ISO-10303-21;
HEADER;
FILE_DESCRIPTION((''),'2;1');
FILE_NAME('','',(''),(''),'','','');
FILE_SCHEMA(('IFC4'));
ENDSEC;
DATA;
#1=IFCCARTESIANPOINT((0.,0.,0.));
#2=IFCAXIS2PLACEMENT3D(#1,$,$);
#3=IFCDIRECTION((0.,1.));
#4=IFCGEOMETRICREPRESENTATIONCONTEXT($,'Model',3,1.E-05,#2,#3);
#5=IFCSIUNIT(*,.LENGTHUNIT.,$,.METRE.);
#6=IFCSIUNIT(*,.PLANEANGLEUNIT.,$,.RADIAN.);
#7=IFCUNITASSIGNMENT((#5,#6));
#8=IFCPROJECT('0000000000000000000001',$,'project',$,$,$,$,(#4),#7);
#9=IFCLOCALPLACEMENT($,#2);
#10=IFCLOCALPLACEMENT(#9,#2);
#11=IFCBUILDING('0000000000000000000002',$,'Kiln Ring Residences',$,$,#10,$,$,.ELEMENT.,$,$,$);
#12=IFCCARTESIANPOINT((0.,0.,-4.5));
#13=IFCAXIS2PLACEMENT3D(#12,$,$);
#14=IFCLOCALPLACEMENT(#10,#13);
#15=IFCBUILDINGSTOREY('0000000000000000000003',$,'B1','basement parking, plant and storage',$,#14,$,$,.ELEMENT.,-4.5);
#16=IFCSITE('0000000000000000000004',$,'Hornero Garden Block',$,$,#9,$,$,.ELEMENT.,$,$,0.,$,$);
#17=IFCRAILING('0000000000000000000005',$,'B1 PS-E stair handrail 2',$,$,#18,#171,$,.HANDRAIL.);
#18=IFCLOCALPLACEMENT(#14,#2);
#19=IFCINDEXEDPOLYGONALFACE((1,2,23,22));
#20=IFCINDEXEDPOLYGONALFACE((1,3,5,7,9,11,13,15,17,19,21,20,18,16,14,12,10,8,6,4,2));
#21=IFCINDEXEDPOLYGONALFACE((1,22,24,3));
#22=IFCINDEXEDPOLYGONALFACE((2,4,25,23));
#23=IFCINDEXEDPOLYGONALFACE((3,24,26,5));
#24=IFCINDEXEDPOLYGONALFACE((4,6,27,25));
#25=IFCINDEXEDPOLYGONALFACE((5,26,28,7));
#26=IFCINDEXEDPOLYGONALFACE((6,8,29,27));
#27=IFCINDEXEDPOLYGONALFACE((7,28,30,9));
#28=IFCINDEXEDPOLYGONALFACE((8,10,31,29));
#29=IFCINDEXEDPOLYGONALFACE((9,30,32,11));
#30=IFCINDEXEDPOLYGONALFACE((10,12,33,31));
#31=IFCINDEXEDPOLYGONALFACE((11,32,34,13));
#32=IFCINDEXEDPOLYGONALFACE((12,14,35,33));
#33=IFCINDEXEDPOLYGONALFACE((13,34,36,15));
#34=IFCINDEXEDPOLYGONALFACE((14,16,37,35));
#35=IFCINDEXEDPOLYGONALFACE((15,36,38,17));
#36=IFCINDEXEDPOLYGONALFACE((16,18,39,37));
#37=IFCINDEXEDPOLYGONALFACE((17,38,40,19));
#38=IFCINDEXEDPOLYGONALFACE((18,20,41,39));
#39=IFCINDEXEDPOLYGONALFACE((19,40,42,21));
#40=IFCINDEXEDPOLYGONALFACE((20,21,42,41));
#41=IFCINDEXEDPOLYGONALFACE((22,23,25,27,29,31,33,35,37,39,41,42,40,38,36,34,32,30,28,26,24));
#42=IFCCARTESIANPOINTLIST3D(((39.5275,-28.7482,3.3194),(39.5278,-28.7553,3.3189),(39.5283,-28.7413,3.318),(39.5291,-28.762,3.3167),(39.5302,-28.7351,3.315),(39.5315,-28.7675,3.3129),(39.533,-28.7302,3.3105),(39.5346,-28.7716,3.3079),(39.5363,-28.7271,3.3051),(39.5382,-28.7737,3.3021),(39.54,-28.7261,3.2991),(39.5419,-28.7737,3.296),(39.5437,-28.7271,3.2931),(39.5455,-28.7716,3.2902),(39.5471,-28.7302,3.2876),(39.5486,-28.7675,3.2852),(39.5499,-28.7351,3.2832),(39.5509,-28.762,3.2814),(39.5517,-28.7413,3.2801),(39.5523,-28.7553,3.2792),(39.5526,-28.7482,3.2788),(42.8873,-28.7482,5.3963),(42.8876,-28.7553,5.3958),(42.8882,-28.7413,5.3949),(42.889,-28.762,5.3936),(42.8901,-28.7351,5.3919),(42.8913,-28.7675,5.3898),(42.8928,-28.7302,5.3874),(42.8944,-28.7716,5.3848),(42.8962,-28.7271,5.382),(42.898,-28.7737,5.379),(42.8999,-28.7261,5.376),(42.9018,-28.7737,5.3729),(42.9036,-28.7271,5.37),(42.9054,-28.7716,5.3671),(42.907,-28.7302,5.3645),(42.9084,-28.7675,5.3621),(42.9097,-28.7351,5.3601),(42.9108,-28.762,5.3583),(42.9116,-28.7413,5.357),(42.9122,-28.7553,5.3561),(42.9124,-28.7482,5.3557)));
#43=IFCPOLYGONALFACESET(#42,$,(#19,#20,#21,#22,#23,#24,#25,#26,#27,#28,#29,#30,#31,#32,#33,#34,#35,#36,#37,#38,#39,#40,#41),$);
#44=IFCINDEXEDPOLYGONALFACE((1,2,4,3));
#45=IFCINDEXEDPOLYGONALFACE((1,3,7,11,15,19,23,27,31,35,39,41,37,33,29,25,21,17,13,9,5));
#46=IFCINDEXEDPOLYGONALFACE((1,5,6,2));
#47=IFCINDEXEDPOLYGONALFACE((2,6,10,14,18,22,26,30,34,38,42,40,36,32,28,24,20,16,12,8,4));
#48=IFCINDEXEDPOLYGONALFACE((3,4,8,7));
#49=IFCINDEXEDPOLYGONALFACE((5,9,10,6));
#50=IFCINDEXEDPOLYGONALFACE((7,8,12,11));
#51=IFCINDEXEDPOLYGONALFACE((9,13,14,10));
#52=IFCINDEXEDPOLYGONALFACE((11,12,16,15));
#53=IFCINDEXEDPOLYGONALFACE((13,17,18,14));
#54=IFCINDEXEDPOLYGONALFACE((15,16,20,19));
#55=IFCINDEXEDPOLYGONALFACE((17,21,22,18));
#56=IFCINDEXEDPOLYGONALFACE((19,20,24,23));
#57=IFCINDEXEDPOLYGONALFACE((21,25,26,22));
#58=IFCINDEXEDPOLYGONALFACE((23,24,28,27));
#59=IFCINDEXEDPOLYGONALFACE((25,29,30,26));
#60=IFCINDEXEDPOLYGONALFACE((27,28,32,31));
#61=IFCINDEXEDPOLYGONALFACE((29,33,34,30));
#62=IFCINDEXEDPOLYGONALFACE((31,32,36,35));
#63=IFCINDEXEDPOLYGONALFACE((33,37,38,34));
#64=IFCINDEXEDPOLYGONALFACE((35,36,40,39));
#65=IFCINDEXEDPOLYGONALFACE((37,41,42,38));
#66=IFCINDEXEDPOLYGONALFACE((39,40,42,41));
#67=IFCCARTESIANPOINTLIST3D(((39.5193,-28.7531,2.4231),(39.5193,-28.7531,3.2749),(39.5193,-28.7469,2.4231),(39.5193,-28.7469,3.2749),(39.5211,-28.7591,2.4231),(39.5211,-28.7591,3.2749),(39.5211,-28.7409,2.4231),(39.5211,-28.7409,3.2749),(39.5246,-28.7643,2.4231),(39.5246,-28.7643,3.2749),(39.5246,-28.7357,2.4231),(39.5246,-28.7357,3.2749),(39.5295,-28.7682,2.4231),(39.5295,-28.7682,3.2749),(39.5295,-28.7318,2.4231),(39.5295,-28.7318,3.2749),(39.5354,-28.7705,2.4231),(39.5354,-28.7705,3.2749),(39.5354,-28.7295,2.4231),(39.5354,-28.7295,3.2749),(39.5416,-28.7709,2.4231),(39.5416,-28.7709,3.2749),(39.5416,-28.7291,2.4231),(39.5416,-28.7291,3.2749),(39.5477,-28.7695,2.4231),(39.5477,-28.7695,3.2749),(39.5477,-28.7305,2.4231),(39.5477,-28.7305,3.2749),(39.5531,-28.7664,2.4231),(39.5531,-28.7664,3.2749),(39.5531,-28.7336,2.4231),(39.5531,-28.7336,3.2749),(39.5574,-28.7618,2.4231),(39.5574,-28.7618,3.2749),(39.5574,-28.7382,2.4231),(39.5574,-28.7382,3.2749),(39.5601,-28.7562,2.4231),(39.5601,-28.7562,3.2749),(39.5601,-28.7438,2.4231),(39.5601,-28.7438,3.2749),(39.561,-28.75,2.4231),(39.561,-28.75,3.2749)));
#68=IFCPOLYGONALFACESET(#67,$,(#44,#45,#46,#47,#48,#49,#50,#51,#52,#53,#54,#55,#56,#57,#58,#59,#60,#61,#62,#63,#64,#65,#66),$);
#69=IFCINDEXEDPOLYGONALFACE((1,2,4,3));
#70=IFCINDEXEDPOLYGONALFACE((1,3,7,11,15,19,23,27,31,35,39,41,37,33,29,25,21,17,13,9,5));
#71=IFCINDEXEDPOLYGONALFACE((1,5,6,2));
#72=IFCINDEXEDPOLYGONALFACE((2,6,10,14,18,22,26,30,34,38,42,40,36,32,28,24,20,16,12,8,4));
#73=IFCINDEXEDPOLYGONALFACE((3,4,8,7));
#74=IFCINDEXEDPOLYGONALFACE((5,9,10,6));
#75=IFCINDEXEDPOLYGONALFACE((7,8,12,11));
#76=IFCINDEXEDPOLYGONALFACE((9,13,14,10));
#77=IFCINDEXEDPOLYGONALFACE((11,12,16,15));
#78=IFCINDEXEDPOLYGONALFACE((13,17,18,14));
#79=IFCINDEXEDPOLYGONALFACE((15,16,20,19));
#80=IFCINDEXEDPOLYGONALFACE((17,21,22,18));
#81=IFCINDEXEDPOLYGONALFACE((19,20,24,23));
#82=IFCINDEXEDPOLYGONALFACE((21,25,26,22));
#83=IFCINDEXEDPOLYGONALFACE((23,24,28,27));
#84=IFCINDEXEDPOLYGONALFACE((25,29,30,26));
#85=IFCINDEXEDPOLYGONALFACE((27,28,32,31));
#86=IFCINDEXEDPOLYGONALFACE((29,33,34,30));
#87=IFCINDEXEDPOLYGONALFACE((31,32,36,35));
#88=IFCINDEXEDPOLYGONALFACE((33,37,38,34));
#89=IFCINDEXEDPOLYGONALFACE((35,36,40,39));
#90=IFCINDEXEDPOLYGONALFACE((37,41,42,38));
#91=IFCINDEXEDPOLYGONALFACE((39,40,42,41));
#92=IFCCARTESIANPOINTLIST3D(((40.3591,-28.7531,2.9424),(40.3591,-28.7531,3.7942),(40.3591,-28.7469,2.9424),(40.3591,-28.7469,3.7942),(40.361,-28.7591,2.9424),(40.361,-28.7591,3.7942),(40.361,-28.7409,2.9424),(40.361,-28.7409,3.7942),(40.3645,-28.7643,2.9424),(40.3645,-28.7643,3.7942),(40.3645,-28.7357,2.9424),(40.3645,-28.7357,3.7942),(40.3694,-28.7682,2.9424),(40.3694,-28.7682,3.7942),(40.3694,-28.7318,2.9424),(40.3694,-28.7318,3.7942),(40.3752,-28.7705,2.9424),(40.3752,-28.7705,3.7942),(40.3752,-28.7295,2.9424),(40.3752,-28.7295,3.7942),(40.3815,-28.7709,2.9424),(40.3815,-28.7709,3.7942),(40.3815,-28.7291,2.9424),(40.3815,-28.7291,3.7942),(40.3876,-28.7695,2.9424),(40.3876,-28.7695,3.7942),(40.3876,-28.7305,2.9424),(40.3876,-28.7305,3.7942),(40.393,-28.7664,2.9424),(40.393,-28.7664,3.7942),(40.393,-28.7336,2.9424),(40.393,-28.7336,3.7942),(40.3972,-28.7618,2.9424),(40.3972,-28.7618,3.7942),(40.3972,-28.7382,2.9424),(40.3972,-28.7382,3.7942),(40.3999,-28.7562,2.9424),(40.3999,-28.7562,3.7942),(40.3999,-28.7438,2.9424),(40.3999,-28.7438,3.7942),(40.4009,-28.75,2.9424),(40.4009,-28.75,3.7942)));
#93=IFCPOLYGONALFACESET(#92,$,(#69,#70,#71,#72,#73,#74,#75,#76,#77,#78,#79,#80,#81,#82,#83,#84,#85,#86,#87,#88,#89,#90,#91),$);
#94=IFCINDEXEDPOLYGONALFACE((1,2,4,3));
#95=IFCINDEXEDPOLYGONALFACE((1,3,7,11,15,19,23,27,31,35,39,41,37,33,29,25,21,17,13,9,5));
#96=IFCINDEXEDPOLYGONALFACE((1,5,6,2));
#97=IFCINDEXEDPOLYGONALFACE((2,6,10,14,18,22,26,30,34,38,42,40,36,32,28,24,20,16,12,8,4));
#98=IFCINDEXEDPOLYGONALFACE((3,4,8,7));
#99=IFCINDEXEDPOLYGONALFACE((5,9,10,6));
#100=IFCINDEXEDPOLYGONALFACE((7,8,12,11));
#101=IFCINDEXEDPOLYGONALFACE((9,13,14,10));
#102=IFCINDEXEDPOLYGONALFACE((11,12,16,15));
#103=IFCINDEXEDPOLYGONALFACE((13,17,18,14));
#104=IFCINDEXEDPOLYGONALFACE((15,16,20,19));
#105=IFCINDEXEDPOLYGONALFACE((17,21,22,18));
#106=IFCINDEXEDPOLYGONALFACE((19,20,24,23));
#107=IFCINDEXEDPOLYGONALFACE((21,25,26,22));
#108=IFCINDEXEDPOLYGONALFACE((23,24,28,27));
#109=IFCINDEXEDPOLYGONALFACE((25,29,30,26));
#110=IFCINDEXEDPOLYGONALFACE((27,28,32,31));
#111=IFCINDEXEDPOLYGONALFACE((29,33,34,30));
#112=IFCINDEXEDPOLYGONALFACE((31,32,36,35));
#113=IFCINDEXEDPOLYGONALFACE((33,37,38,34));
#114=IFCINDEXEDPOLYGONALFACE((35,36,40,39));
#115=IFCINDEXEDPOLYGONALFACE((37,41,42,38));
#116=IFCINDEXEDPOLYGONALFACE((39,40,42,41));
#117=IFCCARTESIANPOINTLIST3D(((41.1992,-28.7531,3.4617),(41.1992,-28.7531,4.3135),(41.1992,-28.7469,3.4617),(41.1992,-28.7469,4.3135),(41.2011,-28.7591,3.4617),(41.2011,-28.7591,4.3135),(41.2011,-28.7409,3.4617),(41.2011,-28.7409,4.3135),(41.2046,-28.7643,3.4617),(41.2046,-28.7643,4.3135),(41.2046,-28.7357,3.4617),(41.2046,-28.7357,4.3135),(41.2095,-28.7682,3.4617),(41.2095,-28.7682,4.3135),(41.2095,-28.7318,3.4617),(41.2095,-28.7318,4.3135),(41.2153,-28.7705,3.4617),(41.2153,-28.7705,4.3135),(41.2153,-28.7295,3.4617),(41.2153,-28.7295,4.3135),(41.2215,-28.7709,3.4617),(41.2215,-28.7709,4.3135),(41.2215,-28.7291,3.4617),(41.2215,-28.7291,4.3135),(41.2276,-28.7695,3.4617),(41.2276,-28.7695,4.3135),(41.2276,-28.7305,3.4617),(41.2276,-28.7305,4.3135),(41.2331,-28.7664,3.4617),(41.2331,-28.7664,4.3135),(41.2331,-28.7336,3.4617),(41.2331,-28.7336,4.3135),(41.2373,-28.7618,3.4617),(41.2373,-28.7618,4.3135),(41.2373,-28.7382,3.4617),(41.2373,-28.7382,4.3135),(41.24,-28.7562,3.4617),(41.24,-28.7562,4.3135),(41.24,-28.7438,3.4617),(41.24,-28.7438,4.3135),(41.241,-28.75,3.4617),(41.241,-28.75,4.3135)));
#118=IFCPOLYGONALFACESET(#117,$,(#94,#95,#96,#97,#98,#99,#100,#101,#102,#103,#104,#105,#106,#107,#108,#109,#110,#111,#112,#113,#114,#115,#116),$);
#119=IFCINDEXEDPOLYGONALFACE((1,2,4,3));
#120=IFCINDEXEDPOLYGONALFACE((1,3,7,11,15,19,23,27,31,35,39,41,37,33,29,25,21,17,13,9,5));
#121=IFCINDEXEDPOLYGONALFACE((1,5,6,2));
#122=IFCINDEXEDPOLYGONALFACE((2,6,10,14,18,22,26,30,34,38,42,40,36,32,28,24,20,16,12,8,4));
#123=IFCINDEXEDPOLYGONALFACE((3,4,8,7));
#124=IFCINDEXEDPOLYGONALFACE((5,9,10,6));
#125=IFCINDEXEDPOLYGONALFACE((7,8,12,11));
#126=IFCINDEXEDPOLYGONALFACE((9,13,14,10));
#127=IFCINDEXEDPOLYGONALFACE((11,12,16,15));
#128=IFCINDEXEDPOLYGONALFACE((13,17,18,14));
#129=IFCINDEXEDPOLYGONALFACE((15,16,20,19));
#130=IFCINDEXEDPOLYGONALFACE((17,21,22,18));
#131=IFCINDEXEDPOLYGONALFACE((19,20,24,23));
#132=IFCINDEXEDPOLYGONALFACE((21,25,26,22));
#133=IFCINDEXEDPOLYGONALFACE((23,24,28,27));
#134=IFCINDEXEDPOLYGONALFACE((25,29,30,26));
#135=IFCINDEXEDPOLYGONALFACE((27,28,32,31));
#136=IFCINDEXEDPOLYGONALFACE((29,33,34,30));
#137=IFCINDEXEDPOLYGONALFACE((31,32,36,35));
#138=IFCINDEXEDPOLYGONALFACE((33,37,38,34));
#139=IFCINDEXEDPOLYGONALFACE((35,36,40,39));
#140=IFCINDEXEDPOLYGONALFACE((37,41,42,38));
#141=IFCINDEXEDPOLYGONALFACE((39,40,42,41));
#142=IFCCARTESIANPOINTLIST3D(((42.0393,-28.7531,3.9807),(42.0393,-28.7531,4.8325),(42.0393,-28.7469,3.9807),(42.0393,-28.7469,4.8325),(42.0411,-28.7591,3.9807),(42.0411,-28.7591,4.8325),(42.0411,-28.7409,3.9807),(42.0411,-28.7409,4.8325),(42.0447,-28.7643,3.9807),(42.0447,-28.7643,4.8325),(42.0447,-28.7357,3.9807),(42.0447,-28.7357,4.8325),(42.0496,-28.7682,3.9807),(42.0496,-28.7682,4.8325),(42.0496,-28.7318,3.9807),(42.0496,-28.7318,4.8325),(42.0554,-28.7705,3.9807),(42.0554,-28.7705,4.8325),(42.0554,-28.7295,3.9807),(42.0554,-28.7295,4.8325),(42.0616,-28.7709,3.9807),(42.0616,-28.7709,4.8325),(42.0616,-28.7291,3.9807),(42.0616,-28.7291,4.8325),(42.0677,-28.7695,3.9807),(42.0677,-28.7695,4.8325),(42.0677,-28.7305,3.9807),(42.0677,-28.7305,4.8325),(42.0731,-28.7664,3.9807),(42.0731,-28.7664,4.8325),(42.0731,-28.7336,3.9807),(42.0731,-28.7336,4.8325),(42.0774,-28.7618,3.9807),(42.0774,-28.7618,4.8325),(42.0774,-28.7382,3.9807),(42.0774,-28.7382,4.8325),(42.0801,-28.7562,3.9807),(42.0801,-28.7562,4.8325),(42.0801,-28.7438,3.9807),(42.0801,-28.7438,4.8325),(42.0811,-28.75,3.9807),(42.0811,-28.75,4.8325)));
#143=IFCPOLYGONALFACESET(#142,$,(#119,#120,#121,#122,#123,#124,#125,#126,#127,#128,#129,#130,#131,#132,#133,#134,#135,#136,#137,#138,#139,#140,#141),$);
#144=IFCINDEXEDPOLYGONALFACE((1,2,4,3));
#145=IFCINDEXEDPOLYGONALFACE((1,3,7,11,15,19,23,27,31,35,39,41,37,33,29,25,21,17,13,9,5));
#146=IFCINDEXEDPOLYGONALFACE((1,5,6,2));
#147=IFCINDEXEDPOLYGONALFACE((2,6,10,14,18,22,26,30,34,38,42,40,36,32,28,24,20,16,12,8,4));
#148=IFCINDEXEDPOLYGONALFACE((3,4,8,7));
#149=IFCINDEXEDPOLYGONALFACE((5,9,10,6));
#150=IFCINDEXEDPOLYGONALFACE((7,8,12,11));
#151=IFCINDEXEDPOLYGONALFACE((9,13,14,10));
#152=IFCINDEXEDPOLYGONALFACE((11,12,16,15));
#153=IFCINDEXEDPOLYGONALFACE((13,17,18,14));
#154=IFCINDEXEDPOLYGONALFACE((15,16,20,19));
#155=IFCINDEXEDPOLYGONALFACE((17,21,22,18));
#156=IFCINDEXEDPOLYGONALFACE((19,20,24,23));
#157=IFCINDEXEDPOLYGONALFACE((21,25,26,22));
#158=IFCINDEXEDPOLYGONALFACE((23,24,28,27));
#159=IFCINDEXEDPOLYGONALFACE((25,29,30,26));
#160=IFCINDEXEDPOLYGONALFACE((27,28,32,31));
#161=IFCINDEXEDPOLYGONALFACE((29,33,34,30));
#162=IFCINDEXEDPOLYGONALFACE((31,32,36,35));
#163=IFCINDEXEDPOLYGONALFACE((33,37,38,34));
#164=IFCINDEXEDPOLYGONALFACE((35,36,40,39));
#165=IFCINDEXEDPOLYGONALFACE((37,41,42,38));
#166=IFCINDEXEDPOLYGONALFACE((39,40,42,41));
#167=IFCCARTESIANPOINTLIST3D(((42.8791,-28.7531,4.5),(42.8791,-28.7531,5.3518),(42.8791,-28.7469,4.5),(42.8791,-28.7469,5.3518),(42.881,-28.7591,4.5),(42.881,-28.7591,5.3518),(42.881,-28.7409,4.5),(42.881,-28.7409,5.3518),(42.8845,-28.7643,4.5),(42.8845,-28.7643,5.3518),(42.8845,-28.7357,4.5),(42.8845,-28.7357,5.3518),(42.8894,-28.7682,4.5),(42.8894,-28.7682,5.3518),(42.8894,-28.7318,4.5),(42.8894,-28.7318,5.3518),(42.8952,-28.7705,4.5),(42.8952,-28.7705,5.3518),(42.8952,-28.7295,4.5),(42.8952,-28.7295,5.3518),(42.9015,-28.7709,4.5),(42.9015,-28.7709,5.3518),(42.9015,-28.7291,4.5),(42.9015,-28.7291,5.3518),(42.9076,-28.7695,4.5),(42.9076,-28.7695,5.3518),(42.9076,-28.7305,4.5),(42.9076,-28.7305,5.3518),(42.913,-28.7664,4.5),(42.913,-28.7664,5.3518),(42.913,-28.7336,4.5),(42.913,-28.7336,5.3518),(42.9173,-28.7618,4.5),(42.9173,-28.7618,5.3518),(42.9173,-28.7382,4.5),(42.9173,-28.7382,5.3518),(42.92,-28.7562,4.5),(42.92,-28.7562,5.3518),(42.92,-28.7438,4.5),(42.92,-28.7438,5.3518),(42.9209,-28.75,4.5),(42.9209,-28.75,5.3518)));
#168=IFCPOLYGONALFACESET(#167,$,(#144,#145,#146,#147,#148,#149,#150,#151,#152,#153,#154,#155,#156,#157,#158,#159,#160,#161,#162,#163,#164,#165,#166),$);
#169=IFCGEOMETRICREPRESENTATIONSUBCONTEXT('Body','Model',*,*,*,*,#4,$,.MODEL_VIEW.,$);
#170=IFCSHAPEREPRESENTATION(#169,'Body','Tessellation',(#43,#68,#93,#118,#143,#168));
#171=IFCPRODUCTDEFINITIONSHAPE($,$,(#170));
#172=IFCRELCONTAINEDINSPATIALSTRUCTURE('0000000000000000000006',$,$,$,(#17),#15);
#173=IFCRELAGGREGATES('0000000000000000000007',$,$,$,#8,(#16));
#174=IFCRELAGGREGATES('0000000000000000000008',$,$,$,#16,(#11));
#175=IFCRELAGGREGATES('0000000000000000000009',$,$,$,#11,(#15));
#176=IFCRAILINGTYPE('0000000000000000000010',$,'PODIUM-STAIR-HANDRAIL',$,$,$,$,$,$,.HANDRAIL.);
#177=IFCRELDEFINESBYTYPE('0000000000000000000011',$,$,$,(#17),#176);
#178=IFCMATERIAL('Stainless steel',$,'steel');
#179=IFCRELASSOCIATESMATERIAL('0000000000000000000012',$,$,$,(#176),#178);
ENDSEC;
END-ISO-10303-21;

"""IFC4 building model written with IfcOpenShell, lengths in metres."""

from ifc_helpers import new_model, si_unit, direction, frame, origin, origin_2d, place, context, subcontext, project, spatial, circle, extrude, material, type_object, element, save


model = new_model("IFC4")

# Units and contexts
model_context = context("Model", 3, precision=1e-05, world=origin(), true_north=direction((0.0, 1.0)))
body_context = subcontext(model_context, "Body", "Model", "MODEL_VIEW")
ifc_project = project(units=[si_unit("LENGTHUNIT", "METRE"), si_unit("PLANEANGLEUNIT", "RADIAN")], contexts=[model_context])

# Site, building, storey
site_placement = place(None, origin())
site = spatial("IfcSite", under=ifc_project, at=site_placement, Name="Hornero Garden Block", CompositionType="ELEMENT", RefElevation=0.0)
building_placement = place(site_placement, origin())
building = spatial("IfcBuilding", under=site, at=building_placement, Name="Kiln Ring Residences", CompositionType="ELEMENT")
storey_placement = place(building_placement, frame((0.0, 0.0, -4.5)))
storey = spatial("IfcBuildingStorey", under=building, at=storey_placement, Name="B1", Description="basement parking, plant and storage", CompositionType="ELEMENT", Elevation=-4.5)

# Railing
ifc_material_1 = material(Name="Stainless steel", Category="steel")
railing_type_1 = type_object("IfcRailingType", Name="PODIUM-STAIR-HANDRAIL", PredefinedType="HANDRAIL", material=ifc_material_1)
railing_1_placement = place(storey_placement, frame((39.54, -28.75, 2.4231)))
element("IfcRailing", 1, at=railing_1_placement, inside=storey, type_object=railing_type_1, Name="B1 PS-E stair handrail 2", PredefinedType="HANDRAIL", context=body_context, shape_type="SweptSolid", body=[
    extrude(circle(Radius=0.0239, at=origin_2d()), frame((0.0, 0.0, 0.876), z_axis=(0.850606, 0.0, 0.525803), x_axis=(0.0, 1.0, 0.0)), (0.0, 0.0, 1.0), 3.95),
    extrude(circle(Radius=0.021, at=origin_2d()), origin(), (0.0, 0.0, 1.0), 0.8518),
    extrude(circle(Radius=0.021, at=origin_2d()), frame((0.8398, 0.0, 0.5193)), (0.0, 0.0, 1.0), 0.8518),
    extrude(circle(Radius=0.021, at=origin_2d()), frame((1.6799, 0.0, 1.0386)), (0.0, 0.0, 1.0), 0.8518),
    extrude(circle(Radius=0.021, at=origin_2d()), frame((2.52, 0.0, 1.5576)), (0.0, 0.0, 1.0), 0.8518),
    extrude(circle(Radius=0.021, at=origin_2d()), frame((3.3599, 0.0, 2.0769)), (0.0, 0.0, 1.0), 0.8518),
])

save(model, "model.ifc")
